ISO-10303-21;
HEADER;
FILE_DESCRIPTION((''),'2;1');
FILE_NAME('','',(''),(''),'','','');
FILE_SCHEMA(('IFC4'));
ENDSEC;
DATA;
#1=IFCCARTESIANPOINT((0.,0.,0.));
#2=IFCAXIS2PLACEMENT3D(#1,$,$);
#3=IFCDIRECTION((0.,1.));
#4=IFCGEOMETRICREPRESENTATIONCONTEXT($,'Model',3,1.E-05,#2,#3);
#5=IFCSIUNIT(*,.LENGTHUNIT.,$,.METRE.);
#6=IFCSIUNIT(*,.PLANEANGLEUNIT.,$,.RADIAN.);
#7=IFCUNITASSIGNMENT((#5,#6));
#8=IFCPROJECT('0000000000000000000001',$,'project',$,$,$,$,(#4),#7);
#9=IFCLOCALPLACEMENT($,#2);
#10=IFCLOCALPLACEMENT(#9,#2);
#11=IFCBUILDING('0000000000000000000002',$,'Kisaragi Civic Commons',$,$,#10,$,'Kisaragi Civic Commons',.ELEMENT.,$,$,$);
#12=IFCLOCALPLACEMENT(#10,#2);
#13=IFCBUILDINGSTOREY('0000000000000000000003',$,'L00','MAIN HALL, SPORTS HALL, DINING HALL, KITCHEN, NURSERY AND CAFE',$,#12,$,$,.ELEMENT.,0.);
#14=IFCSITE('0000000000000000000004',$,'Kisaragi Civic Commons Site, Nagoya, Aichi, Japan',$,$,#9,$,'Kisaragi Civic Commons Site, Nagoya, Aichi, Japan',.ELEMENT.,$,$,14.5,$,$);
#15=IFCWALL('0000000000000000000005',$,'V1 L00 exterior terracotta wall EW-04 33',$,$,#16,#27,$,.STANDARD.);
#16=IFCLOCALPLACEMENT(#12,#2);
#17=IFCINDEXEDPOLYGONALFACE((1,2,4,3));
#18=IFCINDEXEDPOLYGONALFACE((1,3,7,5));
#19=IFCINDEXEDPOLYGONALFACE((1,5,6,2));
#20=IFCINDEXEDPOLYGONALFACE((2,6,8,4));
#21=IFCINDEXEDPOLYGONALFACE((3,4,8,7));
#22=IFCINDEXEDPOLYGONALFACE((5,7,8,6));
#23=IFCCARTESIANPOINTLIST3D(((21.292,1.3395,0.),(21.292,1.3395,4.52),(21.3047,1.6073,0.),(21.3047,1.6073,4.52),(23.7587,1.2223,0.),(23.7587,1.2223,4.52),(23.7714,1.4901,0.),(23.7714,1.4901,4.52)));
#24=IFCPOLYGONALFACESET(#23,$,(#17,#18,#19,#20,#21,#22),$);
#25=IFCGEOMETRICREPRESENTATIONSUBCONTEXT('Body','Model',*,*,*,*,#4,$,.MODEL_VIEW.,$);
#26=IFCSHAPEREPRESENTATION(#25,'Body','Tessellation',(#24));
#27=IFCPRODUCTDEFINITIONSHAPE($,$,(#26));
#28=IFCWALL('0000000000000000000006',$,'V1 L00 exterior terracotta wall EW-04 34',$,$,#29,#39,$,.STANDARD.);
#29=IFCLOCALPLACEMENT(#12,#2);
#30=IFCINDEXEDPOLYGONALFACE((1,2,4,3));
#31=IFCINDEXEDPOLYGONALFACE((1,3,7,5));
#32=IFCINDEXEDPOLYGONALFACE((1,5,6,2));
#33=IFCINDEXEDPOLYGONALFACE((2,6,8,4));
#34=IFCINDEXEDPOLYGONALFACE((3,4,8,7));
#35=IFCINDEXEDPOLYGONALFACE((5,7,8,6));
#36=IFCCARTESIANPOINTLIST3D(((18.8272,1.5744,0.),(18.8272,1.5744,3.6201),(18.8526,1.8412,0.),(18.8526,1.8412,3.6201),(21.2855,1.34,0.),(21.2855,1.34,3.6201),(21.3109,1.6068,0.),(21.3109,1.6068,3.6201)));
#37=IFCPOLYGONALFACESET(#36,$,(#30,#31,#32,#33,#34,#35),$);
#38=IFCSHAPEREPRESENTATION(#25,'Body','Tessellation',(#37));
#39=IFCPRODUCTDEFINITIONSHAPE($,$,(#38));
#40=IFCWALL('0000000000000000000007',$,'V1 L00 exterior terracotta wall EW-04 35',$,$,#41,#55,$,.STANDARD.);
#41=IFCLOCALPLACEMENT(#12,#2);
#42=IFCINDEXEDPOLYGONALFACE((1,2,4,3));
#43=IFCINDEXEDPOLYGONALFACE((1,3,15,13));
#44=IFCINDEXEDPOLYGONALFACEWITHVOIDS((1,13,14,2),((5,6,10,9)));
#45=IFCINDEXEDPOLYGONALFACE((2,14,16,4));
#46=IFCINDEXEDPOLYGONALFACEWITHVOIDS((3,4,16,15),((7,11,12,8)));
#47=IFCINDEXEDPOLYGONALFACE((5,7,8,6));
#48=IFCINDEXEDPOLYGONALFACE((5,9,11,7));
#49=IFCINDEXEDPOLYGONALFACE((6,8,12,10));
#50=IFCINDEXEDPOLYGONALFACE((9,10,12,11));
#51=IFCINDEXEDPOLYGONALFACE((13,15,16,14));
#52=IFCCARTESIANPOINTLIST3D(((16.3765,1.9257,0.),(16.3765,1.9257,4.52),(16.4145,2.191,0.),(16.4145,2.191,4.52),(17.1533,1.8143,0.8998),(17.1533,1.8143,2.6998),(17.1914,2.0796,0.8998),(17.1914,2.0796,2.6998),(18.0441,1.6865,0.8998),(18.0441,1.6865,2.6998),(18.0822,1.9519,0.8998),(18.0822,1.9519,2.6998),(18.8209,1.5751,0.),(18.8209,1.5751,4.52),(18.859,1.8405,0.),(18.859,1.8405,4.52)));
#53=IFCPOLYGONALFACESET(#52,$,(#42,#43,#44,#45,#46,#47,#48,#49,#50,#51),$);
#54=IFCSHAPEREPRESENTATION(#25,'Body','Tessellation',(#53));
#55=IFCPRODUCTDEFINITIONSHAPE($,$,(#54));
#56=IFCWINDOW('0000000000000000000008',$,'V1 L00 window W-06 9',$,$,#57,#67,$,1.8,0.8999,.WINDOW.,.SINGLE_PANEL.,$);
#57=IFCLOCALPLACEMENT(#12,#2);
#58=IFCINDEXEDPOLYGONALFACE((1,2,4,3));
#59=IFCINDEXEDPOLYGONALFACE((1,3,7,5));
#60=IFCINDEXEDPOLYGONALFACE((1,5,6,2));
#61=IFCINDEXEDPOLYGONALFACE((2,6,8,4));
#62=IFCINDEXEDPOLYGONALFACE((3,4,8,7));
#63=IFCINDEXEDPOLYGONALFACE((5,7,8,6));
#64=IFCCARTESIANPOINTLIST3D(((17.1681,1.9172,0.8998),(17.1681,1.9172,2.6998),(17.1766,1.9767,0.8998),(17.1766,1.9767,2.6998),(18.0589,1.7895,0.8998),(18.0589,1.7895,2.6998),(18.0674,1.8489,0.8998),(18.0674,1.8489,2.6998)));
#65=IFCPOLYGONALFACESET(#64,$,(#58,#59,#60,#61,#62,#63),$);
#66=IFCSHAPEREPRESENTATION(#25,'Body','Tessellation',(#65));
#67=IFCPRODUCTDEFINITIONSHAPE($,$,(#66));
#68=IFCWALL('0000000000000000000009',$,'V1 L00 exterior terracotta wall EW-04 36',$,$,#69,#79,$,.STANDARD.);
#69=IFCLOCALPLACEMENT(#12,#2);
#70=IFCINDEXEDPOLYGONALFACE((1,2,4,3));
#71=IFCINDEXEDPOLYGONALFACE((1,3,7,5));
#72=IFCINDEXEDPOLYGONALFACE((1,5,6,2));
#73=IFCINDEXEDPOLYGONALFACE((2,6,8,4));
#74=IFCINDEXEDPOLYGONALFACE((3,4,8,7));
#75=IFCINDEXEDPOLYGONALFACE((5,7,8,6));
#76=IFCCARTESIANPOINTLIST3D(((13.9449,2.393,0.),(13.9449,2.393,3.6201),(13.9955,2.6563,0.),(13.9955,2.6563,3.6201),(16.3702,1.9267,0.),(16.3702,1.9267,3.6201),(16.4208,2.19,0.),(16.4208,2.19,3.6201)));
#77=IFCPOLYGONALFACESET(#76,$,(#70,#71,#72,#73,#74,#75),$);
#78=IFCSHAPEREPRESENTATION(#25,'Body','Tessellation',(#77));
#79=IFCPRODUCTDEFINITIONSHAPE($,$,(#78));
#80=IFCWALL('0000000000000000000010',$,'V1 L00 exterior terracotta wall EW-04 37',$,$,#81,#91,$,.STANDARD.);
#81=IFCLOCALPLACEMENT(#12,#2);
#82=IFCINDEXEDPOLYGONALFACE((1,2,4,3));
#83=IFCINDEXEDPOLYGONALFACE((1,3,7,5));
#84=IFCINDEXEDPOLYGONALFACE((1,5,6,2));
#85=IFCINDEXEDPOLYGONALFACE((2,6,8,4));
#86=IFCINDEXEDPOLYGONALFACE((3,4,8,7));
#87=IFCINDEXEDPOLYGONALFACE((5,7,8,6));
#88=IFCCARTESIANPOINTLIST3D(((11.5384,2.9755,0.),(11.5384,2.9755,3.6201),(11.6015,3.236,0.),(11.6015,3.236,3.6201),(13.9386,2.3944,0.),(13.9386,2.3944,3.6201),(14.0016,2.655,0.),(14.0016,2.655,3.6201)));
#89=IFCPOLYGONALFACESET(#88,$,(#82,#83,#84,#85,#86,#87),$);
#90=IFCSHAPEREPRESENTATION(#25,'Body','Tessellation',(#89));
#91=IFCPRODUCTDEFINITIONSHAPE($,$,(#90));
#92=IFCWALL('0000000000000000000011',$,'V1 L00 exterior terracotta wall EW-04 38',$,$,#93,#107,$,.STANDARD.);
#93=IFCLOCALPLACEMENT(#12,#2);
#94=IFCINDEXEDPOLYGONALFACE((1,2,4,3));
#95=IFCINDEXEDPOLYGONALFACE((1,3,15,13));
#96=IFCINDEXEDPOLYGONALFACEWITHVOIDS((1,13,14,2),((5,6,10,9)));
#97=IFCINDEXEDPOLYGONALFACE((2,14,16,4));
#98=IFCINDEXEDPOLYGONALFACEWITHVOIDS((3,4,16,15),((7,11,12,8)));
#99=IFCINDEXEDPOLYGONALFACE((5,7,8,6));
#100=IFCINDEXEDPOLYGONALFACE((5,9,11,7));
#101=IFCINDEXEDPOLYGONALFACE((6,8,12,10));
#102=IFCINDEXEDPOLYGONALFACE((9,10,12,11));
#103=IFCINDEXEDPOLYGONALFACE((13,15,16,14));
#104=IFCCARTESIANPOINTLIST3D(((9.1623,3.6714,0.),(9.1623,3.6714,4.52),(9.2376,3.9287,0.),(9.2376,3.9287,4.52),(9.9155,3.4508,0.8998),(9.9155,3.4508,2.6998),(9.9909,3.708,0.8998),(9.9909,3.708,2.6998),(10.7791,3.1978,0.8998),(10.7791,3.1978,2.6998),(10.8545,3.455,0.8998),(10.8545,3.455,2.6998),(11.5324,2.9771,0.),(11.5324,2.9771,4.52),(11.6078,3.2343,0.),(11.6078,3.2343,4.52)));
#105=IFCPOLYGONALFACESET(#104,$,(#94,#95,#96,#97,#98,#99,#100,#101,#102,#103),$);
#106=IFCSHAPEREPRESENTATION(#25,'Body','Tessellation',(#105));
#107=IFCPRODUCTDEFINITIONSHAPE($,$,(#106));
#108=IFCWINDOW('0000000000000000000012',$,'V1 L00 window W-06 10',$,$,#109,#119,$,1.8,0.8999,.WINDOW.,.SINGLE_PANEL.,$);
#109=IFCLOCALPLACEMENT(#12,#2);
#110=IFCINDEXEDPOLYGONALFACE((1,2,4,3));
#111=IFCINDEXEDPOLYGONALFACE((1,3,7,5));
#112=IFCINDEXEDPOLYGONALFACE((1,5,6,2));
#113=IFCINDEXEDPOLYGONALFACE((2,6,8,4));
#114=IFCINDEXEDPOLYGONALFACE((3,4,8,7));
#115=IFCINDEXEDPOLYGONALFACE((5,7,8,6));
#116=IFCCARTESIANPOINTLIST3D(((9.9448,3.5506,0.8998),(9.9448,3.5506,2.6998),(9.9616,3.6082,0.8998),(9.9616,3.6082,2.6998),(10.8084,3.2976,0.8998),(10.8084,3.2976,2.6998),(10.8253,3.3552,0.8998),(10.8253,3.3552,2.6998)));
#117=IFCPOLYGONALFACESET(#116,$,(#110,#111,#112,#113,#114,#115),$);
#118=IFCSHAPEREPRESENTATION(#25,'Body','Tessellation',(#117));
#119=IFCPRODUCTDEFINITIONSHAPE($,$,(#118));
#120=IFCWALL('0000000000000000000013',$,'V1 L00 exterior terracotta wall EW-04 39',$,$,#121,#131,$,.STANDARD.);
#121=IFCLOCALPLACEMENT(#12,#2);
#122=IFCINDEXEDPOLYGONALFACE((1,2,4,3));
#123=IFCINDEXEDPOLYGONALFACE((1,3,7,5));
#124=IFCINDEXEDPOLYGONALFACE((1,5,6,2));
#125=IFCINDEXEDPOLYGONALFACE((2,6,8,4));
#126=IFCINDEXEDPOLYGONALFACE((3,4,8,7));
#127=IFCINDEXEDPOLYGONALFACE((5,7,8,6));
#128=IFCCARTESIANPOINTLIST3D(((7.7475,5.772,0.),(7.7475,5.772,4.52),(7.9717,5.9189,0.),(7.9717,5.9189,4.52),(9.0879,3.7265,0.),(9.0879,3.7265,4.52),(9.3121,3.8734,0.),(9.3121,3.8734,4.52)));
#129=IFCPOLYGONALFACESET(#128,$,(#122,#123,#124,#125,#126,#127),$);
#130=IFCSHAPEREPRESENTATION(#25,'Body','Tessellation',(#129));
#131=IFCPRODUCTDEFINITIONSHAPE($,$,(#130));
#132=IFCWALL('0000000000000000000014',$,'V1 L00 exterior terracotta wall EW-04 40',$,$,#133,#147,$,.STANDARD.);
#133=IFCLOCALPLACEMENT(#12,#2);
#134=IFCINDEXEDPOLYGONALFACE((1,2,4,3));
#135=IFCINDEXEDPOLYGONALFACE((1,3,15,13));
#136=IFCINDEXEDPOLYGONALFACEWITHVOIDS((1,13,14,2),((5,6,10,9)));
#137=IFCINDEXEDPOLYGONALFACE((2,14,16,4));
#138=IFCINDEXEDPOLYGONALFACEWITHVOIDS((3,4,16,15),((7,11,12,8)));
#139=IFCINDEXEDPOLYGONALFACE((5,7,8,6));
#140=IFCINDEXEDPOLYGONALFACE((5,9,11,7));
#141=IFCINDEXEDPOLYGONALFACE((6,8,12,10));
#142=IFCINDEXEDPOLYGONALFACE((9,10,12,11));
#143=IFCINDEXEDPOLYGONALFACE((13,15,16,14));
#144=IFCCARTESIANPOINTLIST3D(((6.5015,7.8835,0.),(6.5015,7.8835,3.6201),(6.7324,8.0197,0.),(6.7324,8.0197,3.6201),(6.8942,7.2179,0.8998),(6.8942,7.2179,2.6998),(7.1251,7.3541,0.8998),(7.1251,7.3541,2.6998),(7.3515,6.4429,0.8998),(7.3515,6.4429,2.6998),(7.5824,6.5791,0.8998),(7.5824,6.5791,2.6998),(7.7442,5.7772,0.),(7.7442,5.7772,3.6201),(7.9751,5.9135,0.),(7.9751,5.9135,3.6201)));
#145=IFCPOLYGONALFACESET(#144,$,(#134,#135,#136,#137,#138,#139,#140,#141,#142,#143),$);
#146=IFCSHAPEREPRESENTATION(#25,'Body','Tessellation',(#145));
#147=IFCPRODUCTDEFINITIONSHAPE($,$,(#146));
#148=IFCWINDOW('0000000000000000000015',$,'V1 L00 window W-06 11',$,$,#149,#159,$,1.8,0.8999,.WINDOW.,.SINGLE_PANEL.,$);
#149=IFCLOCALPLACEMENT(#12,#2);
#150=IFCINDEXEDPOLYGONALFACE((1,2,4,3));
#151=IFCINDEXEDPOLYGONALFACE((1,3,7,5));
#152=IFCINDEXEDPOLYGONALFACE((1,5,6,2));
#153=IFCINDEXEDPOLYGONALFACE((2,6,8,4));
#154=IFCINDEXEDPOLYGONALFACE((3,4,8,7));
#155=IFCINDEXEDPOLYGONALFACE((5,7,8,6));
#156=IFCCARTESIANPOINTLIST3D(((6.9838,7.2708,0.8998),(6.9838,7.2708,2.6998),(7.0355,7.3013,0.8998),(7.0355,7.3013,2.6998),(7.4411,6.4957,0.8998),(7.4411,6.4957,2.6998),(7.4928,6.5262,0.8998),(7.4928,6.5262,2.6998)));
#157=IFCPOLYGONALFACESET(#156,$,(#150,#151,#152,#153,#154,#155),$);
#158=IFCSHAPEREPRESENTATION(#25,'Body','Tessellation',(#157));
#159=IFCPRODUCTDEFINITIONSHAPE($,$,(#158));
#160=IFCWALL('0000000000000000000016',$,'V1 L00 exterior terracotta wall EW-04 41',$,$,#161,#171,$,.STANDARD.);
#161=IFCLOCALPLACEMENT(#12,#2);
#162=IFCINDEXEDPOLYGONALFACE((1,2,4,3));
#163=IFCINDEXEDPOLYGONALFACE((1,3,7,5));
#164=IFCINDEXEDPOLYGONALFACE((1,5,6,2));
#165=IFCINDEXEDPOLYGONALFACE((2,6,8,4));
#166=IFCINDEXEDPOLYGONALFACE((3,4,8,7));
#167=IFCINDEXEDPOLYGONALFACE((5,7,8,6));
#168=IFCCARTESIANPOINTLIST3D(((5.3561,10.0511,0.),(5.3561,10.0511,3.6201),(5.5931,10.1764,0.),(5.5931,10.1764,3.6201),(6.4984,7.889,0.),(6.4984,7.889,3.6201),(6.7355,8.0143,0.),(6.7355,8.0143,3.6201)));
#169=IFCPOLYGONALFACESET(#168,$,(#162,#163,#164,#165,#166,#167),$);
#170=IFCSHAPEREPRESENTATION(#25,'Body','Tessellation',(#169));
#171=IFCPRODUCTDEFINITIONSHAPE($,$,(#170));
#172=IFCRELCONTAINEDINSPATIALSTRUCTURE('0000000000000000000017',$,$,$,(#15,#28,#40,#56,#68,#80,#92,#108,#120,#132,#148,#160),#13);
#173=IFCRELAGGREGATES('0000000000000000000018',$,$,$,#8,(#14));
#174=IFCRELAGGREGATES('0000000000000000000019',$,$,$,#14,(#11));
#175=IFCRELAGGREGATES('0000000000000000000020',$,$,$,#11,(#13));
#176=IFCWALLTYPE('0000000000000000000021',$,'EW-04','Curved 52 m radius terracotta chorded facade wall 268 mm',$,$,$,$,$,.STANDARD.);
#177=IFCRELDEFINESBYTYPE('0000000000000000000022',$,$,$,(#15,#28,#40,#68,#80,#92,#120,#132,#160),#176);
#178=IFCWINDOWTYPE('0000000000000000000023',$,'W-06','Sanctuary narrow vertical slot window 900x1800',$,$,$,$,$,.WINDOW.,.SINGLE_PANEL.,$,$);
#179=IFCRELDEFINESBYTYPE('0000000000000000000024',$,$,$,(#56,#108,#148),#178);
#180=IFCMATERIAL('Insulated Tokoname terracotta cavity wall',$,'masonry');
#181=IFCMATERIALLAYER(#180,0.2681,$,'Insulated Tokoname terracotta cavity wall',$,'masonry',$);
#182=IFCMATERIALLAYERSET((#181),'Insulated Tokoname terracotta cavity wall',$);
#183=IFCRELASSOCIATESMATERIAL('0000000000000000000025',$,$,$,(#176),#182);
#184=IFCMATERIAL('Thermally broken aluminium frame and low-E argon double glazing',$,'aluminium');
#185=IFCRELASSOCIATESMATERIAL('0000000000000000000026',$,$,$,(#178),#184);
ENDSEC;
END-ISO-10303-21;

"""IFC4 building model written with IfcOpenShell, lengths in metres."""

from ifc_helpers import new_model, si_unit, direction, frame, frame_2d, origin, place, context, subcontext, project, spatial, rectangle, extrude, material, layer, layer_set, type_object, element, fill, save


model = new_model("IFC4")

# Units and contexts
model_context = context("Model", 3, precision=1e-05, world=origin(), true_north=direction((0.0, 1.0)))
body_context = subcontext(model_context, "Body", "Model", "MODEL_VIEW")
ifc_project = project(units=[si_unit("LENGTHUNIT", "METRE"), si_unit("PLANEANGLEUNIT", "RADIAN")], contexts=[model_context])

# Site, building, storey
site_placement = place(None, origin())
site = spatial("IfcSite", under=ifc_project, at=site_placement, Name="Kisaragi Civic Commons Site, Nagoya, Aichi, Japan", LongName="Kisaragi Civic Commons Site, Nagoya, Aichi, Japan", CompositionType="ELEMENT", RefElevation=14.5)
building_placement = place(site_placement, origin())
building = spatial("IfcBuilding", under=site, at=building_placement, Name="Kisaragi Civic Commons", LongName="Kisaragi Civic Commons", CompositionType="ELEMENT")
storey_placement = place(building_placement, origin())
storey = spatial("IfcBuildingStorey", under=building, at=storey_placement, Name="L00", Description="MAIN HALL, SPORTS HALL, DINING HALL, KITCHEN, NURSERY AND CAFE", CompositionType="ELEMENT", Elevation=0.0)

# Walls
ifc_material_1 = material(Name="Insulated Tokoname terracotta cavity wall", Category="masonry")
ifc_layer_1 = layer(ifc_material_1, 0.2681, Name="Insulated Tokoname terracotta cavity wall", Category="masonry")
ifc_layer_set_1 = layer_set([ifc_layer_1], Name="Insulated Tokoname terracotta cavity wall")
wall_type_1 = type_object("IfcWallType", Name="EW-04", Description="Curved 52 m radius terracotta chorded facade wall 268 mm", PredefinedType="STANDARD", material=ifc_layer_set_1)
wall_1_placement = place(storey_placement, frame((23.7651, 1.3562, 0.0), z_axis=(0.0, 0.0, 1.0), x_axis=(-0.998873, 0.047452, 0.0)))
element("IfcWall", 1, at=wall_1_placement, inside=storey, type_object=wall_type_1, Name="V1 L00 exterior terracotta wall EW-04 33", PredefinedType="STANDARD", context=body_context, shape_type="SweptSolid", body=[
    extrude(rectangle(XDim=2.4695, YDim=0.2681, at=frame_2d((1.2349, 0.0))), origin(), (0.0, 0.0, 1.0), 4.52),
])
wall_2_placement = place(storey_placement, frame((21.2983, 1.4734, 0.0), z_axis=(0.0, 0.0, 1.0), x_axis=(-0.995486, 0.094912, 0.0)))
element("IfcWall", 2, at=wall_2_placement, inside=storey, type_object=wall_type_1, Name="V1 L00 exterior terracotta wall EW-04 34", PredefinedType="STANDARD", context=body_context, shape_type="SweptSolid", body=[
    extrude(rectangle(XDim=2.4695, YDim=0.2681, at=frame_2d((1.2349, 0.0))), origin(), (0.0, 0.0, 1.0), 3.6201),
])

# Wall, opening, window
wall_3_placement = place(storey_placement, frame((18.8401, 1.7078, 0.0), z_axis=(0.0, 0.0, 1.0), x_axis=(-0.989872, 0.141961, 0.0)))
wall_3 = element("IfcWall", 3, at=wall_3_placement, inside=storey, type_object=wall_type_1, Name="V1 L00 exterior terracotta wall EW-04 35", PredefinedType="STANDARD", context=body_context, shape_type="SweptSolid", body=[
    extrude(rectangle(XDim=2.4695, YDim=0.2681, at=frame_2d((1.2349, 0.0))), origin(), (0.0, 0.0, 1.0), 4.52),
])
opening_1_placement = place(wall_3_placement, frame((0.7849, 0.0, 0.8999)))
opening_1 = element("IfcOpeningElement", 4, at=opening_1_placement, cuts=wall_3, PredefinedType="OPENING", context=body_context, shape_type="SweptSolid", body=[
    extrude(rectangle(XDim=0.8999, YDim=1.8, at=frame_2d((0.45, 0.8999))), frame((0.0, 0.144, 0.0), z_axis=(0.0, -1.0, 0.0), x_axis=(1.0, 0.0, 0.0)), (0.0, 0.0, 1.0), 0.2881),
])
ifc_material_2 = material(Name="Thermally broken aluminium frame and low-E argon double glazing", Category="aluminium")
window_type = type_object("IfcWindowType", Name="W-06", Description="Sanctuary narrow vertical slot window 900x1800", PartitioningType="SINGLE_PANEL", PredefinedType="WINDOW", material=ifc_material_2)
window_1_placement = place(opening_1_placement, origin())
window_1 = element("IfcWindow", 5, at=window_1_placement, inside=storey, type_object=window_type, Name="V1 L00 window W-06 9", OverallHeight=1.8, OverallWidth=0.8999, PartitioningType="SINGLE_PANEL", PredefinedType="WINDOW", context=body_context, shape_type="SweptSolid", body=[
    extrude(rectangle(XDim=0.8999, YDim=1.8, at=frame_2d((0.45, 0.8999))), frame((0.0, 0.03, 0.0), z_axis=(0.0, -1.0, 0.0), x_axis=(1.0, 0.0, 0.0)), (0.0, 0.0, 1.0), 0.0601),
])
fill(opening_1, window_1)

# Walls
wall_4_placement = place(storey_placement, frame((16.3955, 2.0583, 0.0), z_axis=(0.0, 0.0, 1.0), x_axis=(-0.982013, 0.188811, 0.0)))
element("IfcWall", 6, at=wall_4_placement, inside=storey, type_object=wall_type_1, Name="V1 L00 exterior terracotta wall EW-04 36", PredefinedType="STANDARD", context=body_context, shape_type="SweptSolid", body=[
    extrude(rectangle(XDim=2.4697, YDim=0.2681, at=frame_2d((1.2349, 0.0))), origin(), (0.0, 0.0, 1.0), 3.6201),
])
wall_5_placement = place(storey_placement, frame((13.9702, 2.5247, 0.0), z_axis=(0.0, 0.0, 1.0), x_axis=(-0.971924, 0.235294, 0.0)))
element("IfcWall", 7, at=wall_5_placement, inside=storey, type_object=wall_type_1, Name="V1 L00 exterior terracotta wall EW-04 37", PredefinedType="STANDARD", context=body_context, shape_type="SweptSolid", body=[
    extrude(rectangle(XDim=2.4695, YDim=0.2681, at=frame_2d((1.2349, 0.0))), origin(), (0.0, 0.0, 1.0), 3.6201),
])

# Wall, opening, window
wall_6_placement = place(storey_placement, frame((11.5701, 3.1057, 0.0), z_axis=(0.0, 0.0, 1.0), x_axis=(-0.959667, 0.281139, 0.0)))
wall_6 = element("IfcWall", 8, at=wall_6_placement, inside=storey, type_object=wall_type_1, Name="V1 L00 exterior terracotta wall EW-04 38", PredefinedType="STANDARD", context=body_context, shape_type="SweptSolid", body=[
    extrude(rectangle(XDim=2.4697, YDim=0.2681, at=frame_2d((1.2349, 0.0))), origin(), (0.0, 0.0, 1.0), 4.52),
])
opening_2_placement = place(wall_6_placement, frame((0.7849, 0.0, 0.8999)))
opening_2 = element("IfcOpeningElement", 9, at=opening_2_placement, cuts=wall_6, PredefinedType="OPENING", context=body_context, shape_type="SweptSolid", body=[
    extrude(rectangle(XDim=0.8999, YDim=1.8, at=frame_2d((0.45, 0.8999))), frame((0.0, 0.144, 0.0), z_axis=(0.0, -1.0, 0.0), x_axis=(1.0, 0.0, 0.0)), (0.0, 0.0, 1.0), 0.2881),
])
window_2_placement = place(opening_2_placement, origin())
window_2 = element("IfcWindow", 10, at=window_2_placement, inside=storey, type_object=window_type, Name="V1 L00 window W-06 10", OverallHeight=1.8, OverallWidth=0.8999, PartitioningType="SINGLE_PANEL", PredefinedType="WINDOW", context=body_context, shape_type="SweptSolid", body=[
    extrude(rectangle(XDim=0.8999, YDim=1.8, at=frame_2d((0.45, 0.8999))), frame((0.0, 0.03, 0.0), z_axis=(0.0, -1.0, 0.0), x_axis=(1.0, 0.0, 0.0)), (0.0, 0.0, 1.0), 0.0601),
])
fill(opening_2, window_2)

# Wall
wall_7_placement = place(storey_placement, frame((9.2, 3.8, 0.0), z_axis=(0.0, 0.0, 1.0), x_axis=(-0.548094, 0.836417, 0.0)))
element("IfcWall", 11, at=wall_7_placement, inside=storey, type_object=wall_type_1, Name="V1 L00 exterior terracotta wall EW-04 39", PredefinedType="STANDARD", context=body_context, shape_type="SweptSolid", body=[
    extrude(rectangle(XDim=2.4456, YDim=0.2681, at=frame_2d((1.2227, 0.0))), origin(), (0.0, 0.0, 1.0), 4.52),
])

# Wall, opening, window
wall_8_placement = place(storey_placement, frame((7.8596, 5.8455, 0.0), z_axis=(0.0, 0.0, 1.0), x_axis=(-0.508154, 0.861266, 0.0)))
wall_8 = element("IfcWall", 12, at=wall_8_placement, inside=storey, type_object=wall_type_1, Name="V1 L00 exterior terracotta wall EW-04 40", PredefinedType="STANDARD", context=body_context, shape_type="SweptSolid", body=[
    extrude(rectangle(XDim=2.4456, YDim=0.2681, at=frame_2d((1.2227, 0.0))), origin(), (0.0, 0.0, 1.0), 3.6201),
])
opening_3_placement = place(wall_8_placement, frame((0.7727, 0.0, 0.8999)))
opening_3 = element("IfcOpeningElement", 13, at=opening_3_placement, cuts=wall_8, PredefinedType="OPENING", context=body_context, shape_type="SweptSolid", body=[
    extrude(rectangle(XDim=0.8999, YDim=1.8, at=frame_2d((0.45, 0.8999))), frame((0.0, 0.144, 0.0), z_axis=(0.0, -1.0, 0.0), x_axis=(1.0, 0.0, 0.0)), (0.0, 0.0, 1.0), 0.2881),
])
window_3_placement = place(opening_3_placement, origin())
window_3 = element("IfcWindow", 14, at=window_3_placement, inside=storey, type_object=window_type, Name="V1 L00 window W-06 11", OverallHeight=1.8, OverallWidth=0.8999, PartitioningType="SINGLE_PANEL", PredefinedType="WINDOW", context=body_context, shape_type="SweptSolid", body=[
    extrude(rectangle(XDim=0.8999, YDim=1.8, at=frame_2d((0.45, 0.8999))), frame((0.0, 0.03, 0.0), z_axis=(0.0, -1.0, 0.0), x_axis=(1.0, 0.0, 0.0)), (0.0, 0.0, 1.0), 0.0601),
])
fill(opening_3, window_3)

# Wall
wall_9_placement = place(storey_placement, frame((6.6169, 7.9517, 0.0), z_axis=(0.0, 0.0, 1.0), x_axis=(-0.467149, 0.884179, 0.0)))
element("IfcWall", 15, at=wall_9_placement, inside=storey, type_object=wall_type_1, Name="V1 L00 exterior terracotta wall EW-04 41", PredefinedType="STANDARD", context=body_context, shape_type="SweptSolid", body=[
    extrude(rectangle(XDim=2.4453, YDim=0.2681, at=frame_2d((1.2227, 0.0))), origin(), (0.0, 0.0, 1.0), 3.6201),
])

save(model, "model.ifc")
